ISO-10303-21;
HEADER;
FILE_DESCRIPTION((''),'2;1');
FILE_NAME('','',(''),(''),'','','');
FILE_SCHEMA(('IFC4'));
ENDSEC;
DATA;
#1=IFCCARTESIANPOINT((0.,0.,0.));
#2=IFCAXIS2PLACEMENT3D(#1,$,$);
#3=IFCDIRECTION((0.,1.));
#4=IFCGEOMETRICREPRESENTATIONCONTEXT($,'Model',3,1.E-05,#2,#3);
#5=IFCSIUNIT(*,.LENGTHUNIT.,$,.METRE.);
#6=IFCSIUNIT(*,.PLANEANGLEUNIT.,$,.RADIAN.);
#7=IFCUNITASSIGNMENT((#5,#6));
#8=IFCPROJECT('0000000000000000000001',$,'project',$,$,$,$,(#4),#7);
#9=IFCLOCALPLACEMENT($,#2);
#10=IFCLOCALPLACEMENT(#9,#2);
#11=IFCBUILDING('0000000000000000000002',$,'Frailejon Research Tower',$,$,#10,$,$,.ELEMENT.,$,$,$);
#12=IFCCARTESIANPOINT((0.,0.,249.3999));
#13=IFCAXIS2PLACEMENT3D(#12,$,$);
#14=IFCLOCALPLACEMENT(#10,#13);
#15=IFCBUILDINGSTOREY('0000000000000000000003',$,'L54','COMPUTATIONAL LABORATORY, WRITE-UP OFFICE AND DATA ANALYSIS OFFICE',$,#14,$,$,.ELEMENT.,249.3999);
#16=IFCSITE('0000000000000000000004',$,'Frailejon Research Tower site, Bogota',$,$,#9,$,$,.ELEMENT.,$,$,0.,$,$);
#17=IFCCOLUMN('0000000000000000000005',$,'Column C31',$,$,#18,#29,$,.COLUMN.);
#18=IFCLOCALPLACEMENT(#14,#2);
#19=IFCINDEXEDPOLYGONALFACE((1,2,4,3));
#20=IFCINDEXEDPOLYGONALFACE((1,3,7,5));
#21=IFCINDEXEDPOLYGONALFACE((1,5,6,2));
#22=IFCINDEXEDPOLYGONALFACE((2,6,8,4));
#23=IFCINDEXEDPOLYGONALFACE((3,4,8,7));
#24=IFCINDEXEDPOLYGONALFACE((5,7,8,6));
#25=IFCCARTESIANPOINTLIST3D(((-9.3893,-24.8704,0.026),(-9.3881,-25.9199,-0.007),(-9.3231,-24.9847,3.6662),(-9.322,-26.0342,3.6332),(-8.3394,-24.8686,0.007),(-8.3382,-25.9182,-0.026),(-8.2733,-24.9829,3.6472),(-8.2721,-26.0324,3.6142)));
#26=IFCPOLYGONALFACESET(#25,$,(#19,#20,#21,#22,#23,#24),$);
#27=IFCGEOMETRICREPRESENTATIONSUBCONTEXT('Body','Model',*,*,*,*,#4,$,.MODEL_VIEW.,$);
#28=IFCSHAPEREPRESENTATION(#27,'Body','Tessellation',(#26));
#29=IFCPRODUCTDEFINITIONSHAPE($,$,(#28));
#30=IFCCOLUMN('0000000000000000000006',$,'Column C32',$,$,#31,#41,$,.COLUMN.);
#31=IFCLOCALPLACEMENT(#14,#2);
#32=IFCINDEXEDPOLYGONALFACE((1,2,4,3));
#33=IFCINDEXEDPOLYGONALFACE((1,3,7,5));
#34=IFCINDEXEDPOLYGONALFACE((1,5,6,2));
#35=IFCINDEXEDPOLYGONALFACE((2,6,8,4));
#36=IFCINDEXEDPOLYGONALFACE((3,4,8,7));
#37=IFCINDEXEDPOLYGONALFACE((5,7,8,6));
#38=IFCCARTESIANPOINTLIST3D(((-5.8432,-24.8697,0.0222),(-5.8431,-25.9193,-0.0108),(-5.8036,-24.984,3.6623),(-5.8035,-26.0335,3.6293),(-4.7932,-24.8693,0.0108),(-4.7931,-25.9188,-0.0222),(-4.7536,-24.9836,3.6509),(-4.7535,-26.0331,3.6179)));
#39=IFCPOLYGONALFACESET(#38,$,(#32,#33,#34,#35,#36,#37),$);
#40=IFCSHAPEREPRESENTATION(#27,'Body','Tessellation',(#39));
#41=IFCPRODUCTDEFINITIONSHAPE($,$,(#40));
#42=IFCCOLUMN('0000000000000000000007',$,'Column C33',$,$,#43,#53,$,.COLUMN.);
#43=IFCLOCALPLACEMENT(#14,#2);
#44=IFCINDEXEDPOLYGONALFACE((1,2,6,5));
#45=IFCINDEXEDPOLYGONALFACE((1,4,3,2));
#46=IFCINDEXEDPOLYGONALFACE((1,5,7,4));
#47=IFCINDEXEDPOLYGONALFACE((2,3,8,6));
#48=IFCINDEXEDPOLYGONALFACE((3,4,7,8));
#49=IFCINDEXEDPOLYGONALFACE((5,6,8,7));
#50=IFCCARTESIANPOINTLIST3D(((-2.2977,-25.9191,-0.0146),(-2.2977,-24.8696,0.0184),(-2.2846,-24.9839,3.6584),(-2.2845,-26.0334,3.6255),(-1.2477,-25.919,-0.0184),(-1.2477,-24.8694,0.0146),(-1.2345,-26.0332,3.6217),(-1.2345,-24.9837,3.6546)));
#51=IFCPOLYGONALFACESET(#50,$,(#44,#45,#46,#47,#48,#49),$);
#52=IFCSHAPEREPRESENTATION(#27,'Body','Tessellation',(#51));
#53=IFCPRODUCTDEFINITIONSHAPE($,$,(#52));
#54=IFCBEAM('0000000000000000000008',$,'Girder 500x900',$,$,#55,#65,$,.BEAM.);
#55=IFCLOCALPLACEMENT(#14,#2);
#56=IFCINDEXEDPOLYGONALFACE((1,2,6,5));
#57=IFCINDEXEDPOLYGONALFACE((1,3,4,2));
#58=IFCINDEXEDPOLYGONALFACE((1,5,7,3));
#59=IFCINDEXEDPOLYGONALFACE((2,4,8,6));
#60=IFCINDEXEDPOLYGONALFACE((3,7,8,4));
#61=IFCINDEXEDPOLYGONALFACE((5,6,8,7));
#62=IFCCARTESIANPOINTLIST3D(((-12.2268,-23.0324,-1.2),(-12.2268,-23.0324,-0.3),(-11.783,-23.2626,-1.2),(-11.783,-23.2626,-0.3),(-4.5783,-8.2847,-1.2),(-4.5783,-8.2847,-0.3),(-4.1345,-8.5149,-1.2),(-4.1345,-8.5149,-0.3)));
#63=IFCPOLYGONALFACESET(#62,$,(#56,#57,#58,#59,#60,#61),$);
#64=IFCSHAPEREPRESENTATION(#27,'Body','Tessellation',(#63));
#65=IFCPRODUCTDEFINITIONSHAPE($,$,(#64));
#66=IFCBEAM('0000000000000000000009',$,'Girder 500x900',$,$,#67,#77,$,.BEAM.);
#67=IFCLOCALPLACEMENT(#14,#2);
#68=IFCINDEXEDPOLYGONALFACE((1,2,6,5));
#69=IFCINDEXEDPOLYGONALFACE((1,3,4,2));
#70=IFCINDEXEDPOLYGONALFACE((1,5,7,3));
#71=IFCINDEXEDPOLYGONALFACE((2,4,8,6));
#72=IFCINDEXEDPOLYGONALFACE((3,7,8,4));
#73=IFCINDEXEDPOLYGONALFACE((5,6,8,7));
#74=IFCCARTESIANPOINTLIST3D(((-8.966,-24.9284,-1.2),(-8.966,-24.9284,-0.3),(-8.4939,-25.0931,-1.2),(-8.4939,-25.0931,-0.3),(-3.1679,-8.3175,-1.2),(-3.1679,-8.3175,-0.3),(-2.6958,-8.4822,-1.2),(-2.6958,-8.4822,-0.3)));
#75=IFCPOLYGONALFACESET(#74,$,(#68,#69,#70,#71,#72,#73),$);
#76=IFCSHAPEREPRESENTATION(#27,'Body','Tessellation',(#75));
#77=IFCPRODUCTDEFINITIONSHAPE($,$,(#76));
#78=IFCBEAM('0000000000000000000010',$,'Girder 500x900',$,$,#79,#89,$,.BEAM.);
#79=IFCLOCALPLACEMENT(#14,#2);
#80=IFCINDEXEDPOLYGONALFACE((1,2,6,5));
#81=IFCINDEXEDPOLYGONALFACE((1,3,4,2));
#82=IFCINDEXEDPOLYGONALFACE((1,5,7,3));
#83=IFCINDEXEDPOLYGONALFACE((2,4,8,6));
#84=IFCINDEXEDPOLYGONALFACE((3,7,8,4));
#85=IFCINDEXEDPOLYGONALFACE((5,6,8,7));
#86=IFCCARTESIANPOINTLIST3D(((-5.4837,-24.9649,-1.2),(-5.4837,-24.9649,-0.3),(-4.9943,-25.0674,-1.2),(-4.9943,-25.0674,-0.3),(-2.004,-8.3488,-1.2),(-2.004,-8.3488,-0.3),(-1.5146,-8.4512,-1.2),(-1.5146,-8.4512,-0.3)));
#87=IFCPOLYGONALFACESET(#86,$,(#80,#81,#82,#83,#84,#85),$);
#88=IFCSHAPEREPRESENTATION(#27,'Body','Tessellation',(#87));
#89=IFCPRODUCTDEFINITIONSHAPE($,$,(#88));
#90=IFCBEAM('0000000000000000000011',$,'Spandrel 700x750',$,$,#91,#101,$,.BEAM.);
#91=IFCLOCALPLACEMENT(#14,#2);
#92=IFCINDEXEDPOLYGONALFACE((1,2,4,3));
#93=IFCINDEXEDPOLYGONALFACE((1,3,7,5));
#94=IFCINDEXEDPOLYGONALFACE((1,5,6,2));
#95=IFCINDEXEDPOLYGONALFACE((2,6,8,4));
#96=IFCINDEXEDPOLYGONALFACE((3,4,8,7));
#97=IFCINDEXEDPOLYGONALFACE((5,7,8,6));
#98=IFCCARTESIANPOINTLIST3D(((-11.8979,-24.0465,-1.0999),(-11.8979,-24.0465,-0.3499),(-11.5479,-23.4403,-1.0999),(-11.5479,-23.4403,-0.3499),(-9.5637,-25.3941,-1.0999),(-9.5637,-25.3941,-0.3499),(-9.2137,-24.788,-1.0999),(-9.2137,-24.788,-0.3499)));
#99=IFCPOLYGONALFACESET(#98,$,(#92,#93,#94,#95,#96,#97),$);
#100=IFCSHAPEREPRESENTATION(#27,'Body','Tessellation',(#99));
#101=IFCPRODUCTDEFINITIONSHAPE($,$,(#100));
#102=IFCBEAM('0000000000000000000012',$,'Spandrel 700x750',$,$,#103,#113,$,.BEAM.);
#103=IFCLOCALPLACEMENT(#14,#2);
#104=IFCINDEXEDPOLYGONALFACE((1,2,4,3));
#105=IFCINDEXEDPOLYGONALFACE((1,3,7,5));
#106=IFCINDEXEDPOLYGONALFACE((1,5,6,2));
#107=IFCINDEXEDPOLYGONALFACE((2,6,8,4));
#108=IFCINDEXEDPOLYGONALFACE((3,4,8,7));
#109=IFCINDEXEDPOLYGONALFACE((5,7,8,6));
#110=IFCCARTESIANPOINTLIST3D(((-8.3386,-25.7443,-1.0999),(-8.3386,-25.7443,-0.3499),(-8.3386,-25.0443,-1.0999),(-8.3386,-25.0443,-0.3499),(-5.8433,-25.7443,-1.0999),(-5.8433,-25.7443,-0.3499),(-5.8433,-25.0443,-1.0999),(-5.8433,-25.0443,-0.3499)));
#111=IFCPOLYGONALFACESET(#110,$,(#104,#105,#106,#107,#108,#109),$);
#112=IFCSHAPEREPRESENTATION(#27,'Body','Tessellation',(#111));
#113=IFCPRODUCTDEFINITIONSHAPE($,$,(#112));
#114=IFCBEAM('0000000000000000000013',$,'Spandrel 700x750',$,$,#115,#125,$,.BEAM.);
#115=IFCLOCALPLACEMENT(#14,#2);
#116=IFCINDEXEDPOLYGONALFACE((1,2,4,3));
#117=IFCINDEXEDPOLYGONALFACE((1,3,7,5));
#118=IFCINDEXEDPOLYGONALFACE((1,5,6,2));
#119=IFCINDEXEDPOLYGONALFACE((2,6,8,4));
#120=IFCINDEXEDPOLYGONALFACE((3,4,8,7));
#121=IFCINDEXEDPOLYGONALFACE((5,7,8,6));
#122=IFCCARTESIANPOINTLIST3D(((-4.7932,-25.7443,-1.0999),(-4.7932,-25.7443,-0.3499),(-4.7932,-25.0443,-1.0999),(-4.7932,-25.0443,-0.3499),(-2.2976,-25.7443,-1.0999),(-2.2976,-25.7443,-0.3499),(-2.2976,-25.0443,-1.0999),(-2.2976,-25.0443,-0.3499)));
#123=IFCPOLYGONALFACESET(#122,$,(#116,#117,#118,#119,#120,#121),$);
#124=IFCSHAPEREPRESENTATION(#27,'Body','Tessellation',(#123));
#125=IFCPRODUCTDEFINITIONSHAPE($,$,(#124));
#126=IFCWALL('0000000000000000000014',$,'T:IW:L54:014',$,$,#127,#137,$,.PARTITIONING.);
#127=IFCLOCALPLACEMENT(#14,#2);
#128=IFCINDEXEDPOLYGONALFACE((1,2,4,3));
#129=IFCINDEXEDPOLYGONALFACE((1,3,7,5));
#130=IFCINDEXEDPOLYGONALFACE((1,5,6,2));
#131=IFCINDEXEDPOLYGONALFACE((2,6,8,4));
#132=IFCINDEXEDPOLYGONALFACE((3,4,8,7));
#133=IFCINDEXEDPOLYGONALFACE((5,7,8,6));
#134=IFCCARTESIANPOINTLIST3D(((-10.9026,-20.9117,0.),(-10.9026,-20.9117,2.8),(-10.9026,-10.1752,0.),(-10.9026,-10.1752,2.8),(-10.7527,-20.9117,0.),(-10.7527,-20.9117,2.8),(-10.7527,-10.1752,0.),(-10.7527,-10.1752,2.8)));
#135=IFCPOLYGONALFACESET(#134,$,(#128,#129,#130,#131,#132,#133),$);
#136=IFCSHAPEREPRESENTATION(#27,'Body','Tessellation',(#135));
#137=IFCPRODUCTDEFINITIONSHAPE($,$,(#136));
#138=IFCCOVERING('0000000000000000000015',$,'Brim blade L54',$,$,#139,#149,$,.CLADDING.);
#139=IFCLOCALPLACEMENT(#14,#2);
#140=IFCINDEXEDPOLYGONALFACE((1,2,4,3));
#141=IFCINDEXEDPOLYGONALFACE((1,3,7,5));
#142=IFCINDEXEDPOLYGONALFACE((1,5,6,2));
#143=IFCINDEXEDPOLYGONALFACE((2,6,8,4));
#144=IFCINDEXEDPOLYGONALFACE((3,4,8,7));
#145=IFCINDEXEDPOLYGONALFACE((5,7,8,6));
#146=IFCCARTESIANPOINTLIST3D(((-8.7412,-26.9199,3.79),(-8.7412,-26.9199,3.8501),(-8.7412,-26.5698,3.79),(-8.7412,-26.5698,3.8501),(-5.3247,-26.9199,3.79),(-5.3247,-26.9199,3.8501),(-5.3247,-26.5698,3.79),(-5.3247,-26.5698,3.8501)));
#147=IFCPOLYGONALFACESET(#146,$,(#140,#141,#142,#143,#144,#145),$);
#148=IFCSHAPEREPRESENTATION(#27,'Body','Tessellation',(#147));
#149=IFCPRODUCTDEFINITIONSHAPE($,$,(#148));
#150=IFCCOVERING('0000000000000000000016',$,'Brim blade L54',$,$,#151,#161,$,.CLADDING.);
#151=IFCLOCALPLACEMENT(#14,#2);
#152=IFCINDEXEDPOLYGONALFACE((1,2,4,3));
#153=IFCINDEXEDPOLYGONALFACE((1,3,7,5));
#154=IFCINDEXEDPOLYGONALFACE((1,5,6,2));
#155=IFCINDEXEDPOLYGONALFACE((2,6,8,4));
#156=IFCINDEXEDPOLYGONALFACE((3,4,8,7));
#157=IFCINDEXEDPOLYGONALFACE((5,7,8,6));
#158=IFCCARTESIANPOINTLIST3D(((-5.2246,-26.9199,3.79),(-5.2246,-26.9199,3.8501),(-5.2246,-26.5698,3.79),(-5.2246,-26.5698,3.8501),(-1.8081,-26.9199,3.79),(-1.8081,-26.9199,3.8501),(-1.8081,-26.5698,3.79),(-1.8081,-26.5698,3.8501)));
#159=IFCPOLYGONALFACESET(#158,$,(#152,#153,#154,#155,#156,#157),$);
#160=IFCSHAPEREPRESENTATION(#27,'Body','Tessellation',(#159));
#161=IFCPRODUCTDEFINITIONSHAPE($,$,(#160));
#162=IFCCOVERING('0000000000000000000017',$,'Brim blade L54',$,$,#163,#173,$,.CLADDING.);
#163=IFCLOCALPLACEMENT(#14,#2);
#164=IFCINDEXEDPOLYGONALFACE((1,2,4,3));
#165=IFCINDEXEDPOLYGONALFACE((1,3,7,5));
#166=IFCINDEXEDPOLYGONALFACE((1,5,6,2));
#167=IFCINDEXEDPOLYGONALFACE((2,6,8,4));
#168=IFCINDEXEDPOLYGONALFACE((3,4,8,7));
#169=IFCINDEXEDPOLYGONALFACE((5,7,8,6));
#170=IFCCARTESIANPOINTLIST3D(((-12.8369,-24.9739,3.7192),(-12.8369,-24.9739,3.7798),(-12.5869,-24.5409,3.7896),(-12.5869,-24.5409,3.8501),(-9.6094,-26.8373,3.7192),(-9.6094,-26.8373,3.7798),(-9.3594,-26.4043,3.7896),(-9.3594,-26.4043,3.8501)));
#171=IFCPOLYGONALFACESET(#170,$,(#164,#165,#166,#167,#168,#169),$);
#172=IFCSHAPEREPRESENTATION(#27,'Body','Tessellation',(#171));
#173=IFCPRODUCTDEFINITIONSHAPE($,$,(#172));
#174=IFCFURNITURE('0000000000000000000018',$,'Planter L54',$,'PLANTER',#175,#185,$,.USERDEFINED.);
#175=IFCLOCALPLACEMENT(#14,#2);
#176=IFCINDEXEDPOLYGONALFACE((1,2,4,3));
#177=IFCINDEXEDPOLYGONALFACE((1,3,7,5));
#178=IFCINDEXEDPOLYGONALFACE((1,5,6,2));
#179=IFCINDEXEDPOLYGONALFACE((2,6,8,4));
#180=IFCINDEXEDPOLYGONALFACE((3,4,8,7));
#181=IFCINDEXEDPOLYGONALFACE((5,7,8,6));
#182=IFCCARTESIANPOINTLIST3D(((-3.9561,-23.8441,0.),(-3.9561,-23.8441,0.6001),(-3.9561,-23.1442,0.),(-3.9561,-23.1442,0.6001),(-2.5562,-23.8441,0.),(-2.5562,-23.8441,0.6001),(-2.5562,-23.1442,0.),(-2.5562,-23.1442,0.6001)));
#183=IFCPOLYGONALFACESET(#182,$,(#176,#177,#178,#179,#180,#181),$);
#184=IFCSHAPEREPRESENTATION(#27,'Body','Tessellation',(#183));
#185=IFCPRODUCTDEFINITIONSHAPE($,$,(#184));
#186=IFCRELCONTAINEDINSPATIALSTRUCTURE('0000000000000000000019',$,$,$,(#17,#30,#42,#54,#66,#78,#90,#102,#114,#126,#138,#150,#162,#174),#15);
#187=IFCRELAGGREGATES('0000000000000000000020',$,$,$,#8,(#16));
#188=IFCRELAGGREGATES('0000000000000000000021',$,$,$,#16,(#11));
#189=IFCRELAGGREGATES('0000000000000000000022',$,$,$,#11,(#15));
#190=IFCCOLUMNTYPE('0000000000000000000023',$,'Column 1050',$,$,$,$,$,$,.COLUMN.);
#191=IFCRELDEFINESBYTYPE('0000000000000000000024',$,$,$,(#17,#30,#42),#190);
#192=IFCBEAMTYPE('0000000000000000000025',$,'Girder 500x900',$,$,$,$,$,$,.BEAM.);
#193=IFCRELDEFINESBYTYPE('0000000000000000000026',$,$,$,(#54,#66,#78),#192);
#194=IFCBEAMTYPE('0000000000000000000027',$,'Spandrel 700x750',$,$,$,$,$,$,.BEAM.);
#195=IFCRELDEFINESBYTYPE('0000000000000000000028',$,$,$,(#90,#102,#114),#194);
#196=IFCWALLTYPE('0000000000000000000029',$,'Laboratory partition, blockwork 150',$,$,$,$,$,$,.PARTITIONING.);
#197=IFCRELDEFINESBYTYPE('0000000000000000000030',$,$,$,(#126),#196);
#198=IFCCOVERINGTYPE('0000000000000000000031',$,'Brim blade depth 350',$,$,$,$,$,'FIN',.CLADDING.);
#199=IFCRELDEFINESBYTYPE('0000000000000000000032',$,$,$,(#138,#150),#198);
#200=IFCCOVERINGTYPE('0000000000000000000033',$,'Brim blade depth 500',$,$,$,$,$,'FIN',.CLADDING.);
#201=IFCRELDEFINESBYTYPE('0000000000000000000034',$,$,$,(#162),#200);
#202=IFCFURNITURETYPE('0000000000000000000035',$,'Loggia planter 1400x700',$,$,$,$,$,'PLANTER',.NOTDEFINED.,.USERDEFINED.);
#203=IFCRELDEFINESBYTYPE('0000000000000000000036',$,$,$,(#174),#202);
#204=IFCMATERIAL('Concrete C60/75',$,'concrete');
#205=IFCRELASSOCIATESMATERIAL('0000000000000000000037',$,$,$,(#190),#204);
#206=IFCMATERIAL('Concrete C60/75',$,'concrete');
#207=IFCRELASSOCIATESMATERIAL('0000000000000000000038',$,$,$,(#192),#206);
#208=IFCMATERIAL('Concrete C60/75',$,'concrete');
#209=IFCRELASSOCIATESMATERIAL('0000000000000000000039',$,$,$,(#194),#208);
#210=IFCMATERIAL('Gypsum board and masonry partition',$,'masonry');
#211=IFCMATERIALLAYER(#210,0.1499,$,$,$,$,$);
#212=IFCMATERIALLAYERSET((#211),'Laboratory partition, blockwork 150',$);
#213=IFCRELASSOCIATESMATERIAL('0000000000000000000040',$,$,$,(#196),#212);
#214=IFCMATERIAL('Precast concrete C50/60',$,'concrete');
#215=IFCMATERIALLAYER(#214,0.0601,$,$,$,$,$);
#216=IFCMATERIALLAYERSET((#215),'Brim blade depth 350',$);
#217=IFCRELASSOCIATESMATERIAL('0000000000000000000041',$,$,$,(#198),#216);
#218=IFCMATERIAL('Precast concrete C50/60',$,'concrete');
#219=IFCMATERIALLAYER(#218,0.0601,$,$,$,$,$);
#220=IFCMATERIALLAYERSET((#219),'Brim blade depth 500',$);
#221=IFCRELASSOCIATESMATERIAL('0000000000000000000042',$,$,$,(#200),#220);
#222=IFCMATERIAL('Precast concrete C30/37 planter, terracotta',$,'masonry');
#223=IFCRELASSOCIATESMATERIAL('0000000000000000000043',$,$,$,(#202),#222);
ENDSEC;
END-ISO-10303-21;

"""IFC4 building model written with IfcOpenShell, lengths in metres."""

from ifc_helpers import new_model, si_unit, direction, frame, frame_2d, origin, origin_2d, place, context, subcontext, project, spatial, polyline, rectangle, outline, extrude, material, layer, layer_set, material_profile, profile_set, type_object, element, save


model = new_model("IFC4")

# Units and contexts
model_context = context("Model", 3, precision=1e-05, world=origin(), true_north=direction((0.0, 1.0)))
body_context = subcontext(model_context, "Body", "Model", "MODEL_VIEW")
ifc_project = project(units=[si_unit("LENGTHUNIT", "METRE"), si_unit("PLANEANGLEUNIT", "RADIAN")], contexts=[model_context])

# Site, building, storey
site_placement = place(None, origin())
site = spatial("IfcSite", under=ifc_project, at=site_placement, Name="Frailejon Research Tower site, Bogota", CompositionType="ELEMENT", RefElevation=0.0)
building_placement = place(site_placement, origin())
building = spatial("IfcBuilding", under=site, at=building_placement, Name="Frailejon Research Tower", CompositionType="ELEMENT")
storey_placement = place(building_placement, frame((0.0, 0.0, 249.3999)))
storey = spatial("IfcBuildingStorey", under=building, at=storey_placement, Name="L54", Description="COMPUTATIONAL LABORATORY, WRITE-UP OFFICE AND DATA ANALYSIS OFFICE", CompositionType="ELEMENT", Elevation=249.3999)

# Columns
ifc_material_1 = material(Name="Concrete C60/75", Category="concrete")
ifc_material_profile_1 = material_profile(ifc_material_1, rectangle(XDim=1.05, YDim=1.05, at=origin_2d()), Name="Column 1050")
ifc_profile_set_1 = profile_set([ifc_material_profile_1], Name="Concrete C60/75")
column_type = type_object("IfcColumnType", Name="Column 1050", PredefinedType="COLUMN", material=ifc_profile_set_1)
column_1_placement = place(storey_placement, frame((-8.8638, -25.3943, 0.0), z_axis=(0.018164, -0.031368, 0.999343), x_axis=(0.999834, 0.001689, -0.01812)))
element("IfcColumn", 1, at=column_1_placement, inside=storey, type_object=column_type, Name="Column C31", PredefinedType="COLUMN", context=body_context, shape_type="SweptSolid", body=[
    extrude(rectangle(XDim=1.05, YDim=1.05, at=origin_2d()), origin(), (0.0, 0.0, 1.0), 3.6426),
])
column_2_placement = place(storey_placement, frame((-5.3181, -25.3943, 0.0), z_axis=(0.010859, -0.031371, 0.999449), x_axis=(0.999941, 0.000423, -0.010851)))
element("IfcColumn", 2, at=column_2_placement, inside=storey, type_object=column_type, Name="Column C32", PredefinedType="COLUMN", context=body_context, shape_type="SweptSolid", body=[
    extrude(rectangle(XDim=1.05, YDim=1.05, at=origin_2d()), origin(), (0.0, 0.0, 1.0), 3.6421),
])
column_3_placement = place(storey_placement, frame((-1.7727, -25.3943, 0.0), z_axis=(0.00362, -0.031373, 0.999501), x_axis=(0.999993, 0.000143, -0.003617)))
element("IfcColumn", 3, at=column_3_placement, inside=storey, type_object=column_type, Name="Column C33", PredefinedType="COLUMN", context=body_context, shape_type="SweptSolid", body=[
    extrude(rectangle(XDim=1.05, YDim=1.05, at=origin_2d()), origin(), (0.0, 0.0, 1.0), 3.6418),
])

# Beams
ifc_material_2 = material(Name="Concrete C60/75", Category="concrete")
ifc_material_profile_2 = material_profile(ifc_material_2, rectangle(XDim=0.5, YDim=0.8999, at=origin_2d()), Name="Girder 500x900")
ifc_profile_set_2 = profile_set([ifc_material_profile_2], Name="Concrete C60/75")
beam_type_1 = type_object("IfcBeamType", Name="Girder 500x900", PredefinedType="BEAM", material=ifc_profile_set_2)
beam_1_placement = place(storey_placement, frame((-12.0049, -23.1475, -0.75), z_axis=(0.460391, 0.887716, 0.0), x_axis=(-0.887716, 0.460391, 0.0)))
element("IfcBeam", 4, at=beam_1_placement, inside=storey, type_object=beam_type_1, Name="Girder 500x900", PredefinedType="BEAM", context=body_context, shape_type="SweptSolid", body=[
    extrude(rectangle(XDim=0.5, YDim=0.8999, at=origin_2d()), origin(), (0.0, 0.0, 1.0), 16.613),
])
beam_2_placement = place(storey_placement, frame((-8.73, -25.0107, -0.75), z_axis=(0.329555, 0.944136, 0.0), x_axis=(-0.944136, 0.329555, 0.0)))
element("IfcBeam", 5, at=beam_2_placement, inside=storey, type_object=beam_type_1, Name="Girder 500x900", PredefinedType="BEAM", context=body_context, shape_type="SweptSolid", body=[
    extrude(rectangle(XDim=0.5, YDim=0.8999, at=origin_2d()), origin(), (0.0, 0.0, 1.0), 17.5938),
])
beam_3_placement = place(storey_placement, frame((-5.239, -25.0161, -0.75), z_axis=(0.204972, 0.978768, 0.0), x_axis=(-0.978768, 0.204972, 0.0)))
element("IfcBeam", 6, at=beam_3_placement, inside=storey, type_object=beam_type_1, Name="Girder 500x900", PredefinedType="BEAM", context=body_context, shape_type="SweptSolid", body=[
    extrude(rectangle(XDim=0.5, YDim=0.8999, at=origin_2d()), origin(), (0.0, 0.0, 1.0), 16.9766),
])
ifc_material_3 = material(Name="Concrete C60/75", Category="concrete")
ifc_material_profile_3 = material_profile(ifc_material_3, rectangle(XDim=0.7, YDim=0.75, at=origin_2d()), Name="Spandrel 700x750")
ifc_profile_set_3 = profile_set([ifc_material_profile_3], Name="Concrete C60/75")
beam_type_2 = type_object("IfcBeamType", Name="Spandrel 700x750", PredefinedType="BEAM", material=ifc_profile_set_3)
beam_4_placement = place(storey_placement, frame((-11.7229, -23.7434, -0.7249), z_axis=(0.866027, -0.499997, 0.0), x_axis=(0.499997, 0.866027, 0.0)))
element("IfcBeam", 7, at=beam_4_placement, inside=storey, type_object=beam_type_2, Name="Spandrel 700x750", PredefinedType="BEAM", context=body_context, shape_type="SweptSolid", body=[
    extrude(rectangle(XDim=0.7, YDim=0.75, at=origin_2d()), origin(), (0.0, 0.0, 1.0), 2.6953),
])
beam_5_placement = place(storey_placement, frame((-8.3386, -25.3943, -0.7249), z_axis=(1.0, 0.0, 0.0), x_axis=(0.0, 1.0, 0.0)))
element("IfcBeam", 8, at=beam_5_placement, inside=storey, type_object=beam_type_2, Name="Spandrel 700x750", PredefinedType="BEAM", context=body_context, shape_type="SweptSolid", body=[
    extrude(rectangle(XDim=0.7, YDim=0.75, at=origin_2d()), origin(), (0.0, 0.0, 1.0), 2.4954),
])
beam_6_placement = place(storey_placement, frame((-4.7932, -25.3943, -0.7249), z_axis=(1.0, 0.0, 0.0), x_axis=(0.0, 1.0, 0.0)))
element("IfcBeam", 9, at=beam_6_placement, inside=storey, type_object=beam_type_2, Name="Spandrel 700x750", PredefinedType="BEAM", context=body_context, shape_type="SweptSolid", body=[
    extrude(rectangle(XDim=0.7, YDim=0.75, at=origin_2d()), origin(), (0.0, 0.0, 1.0), 2.4956),
])

# Wall
ifc_material_4 = material(Name="Gypsum board and masonry partition", Category="masonry")
ifc_layer_1 = layer(ifc_material_4, 0.1499)
ifc_layer_set_1 = layer_set([ifc_layer_1], Name="Laboratory partition, blockwork 150")
wall_type_1 = type_object("IfcWallType", Name="Laboratory partition, blockwork 150", PredefinedType="PARTITIONING", material=ifc_layer_set_1)
wall_1_placement = place(storey_placement, frame((-10.8276, -20.9116, 0.0), z_axis=(0.0, 0.0, 1.0), x_axis=(0.0, 1.0, 0.0)))
element("IfcWall", 10, at=wall_1_placement, inside=storey, type_object=wall_type_1, Name="T:IW:L54:014", PredefinedType="PARTITIONING", context=body_context, shape_type="SweptSolid", body=[
    extrude(rectangle(XDim=10.7366, YDim=0.1499, at=frame_2d((5.3682, 0.0))), origin(), (0.0, 0.0, 1.0), 2.8),
])

# Coverings
ifc_material_5 = material(Name="Precast concrete C50/60", Category="concrete")
ifc_layer_2 = layer(ifc_material_5, 0.0601)
ifc_layer_set_2 = layer_set([ifc_layer_2], Name="Brim blade depth 350")
covering_type_1 = type_object("IfcCoveringType", Name="Brim blade depth 350", ElementType="FIN", PredefinedType="CLADDING", material=ifc_layer_set_2)
for number, where, z_axis, x_axis, name in (
    (11, (-5.3247, -26.5698, 3.8501), (-1.0, 0.0, 0.0), (0.0, -1.0, 0.0), "Brim blade L54"),
    (12, (-1.8081, -26.5698, 3.8501), (-1.0, 0.0, 0.0), (0.0, -1.0, 0.0), "Brim blade L54"),
):
    element("IfcCovering", number, at=place(storey_placement, frame(where, z_axis=z_axis, x_axis=x_axis)), inside=storey, type_object=covering_type_1, Name=name, PredefinedType="CLADDING", context=body_context, shape_type="SweptSolid", body=[
        extrude(outline(polyline([(0.0, -0.0601), (0.3501, -0.0601), (0.3501, 0.0), (0.0, 0.0), (0.0, -0.0601)])), origin(), (0.0, 0.0, 1.0), 3.4165),
    ])
ifc_material_6 = material(Name="Precast concrete C50/60", Category="concrete")
ifc_layer_3 = layer(ifc_material_6, 0.0601)
ifc_layer_set_3 = layer_set([ifc_layer_3], Name="Brim blade depth 500")
covering_type_2 = type_object("IfcCoveringType", Name="Brim blade depth 500", ElementType="FIN", PredefinedType="CLADDING", material=ifc_layer_set_3)
covering_placement = place(storey_placement, frame((-9.3594, -26.4043, 3.8501), z_axis=(-0.866025, 0.500001, 0.0), x_axis=(-0.500001, -0.866025, 0.0)))
element("IfcCovering", 13, at=covering_placement, inside=storey, type_object=covering_type_2, Name="Brim blade L54", PredefinedType="CLADDING", context=body_context, shape_type="SweptSolid", body=[
    extrude(outline(polyline([(0.0, -0.0605), (0.5, -0.1309), (0.5, -0.0703), (0.0, 0.0), (0.0, -0.0605)])), origin(), (0.0, 0.0, 1.0), 3.7268),
])

# Furniture
ifc_material_7 = material(Name="Precast concrete C30/37 planter, terracotta", Category="masonry")
furniture_type = type_object("IfcFurnitureType", Name="Loggia planter 1400x700", ElementType="PLANTER", AssemblyPlace="NOTDEFINED", PredefinedType="USERDEFINED", material=ifc_material_7)
furniture_placement = place(storey_placement, frame((-3.2561, -23.4941, 0.0), z_axis=(0.0, 0.0, 1.0), x_axis=(1.0, 0.0, 0.0)))
element("IfcFurniture", 14, at=furniture_placement, inside=storey, type_object=furniture_type, Name="Planter L54", ObjectType="PLANTER", PredefinedType="USERDEFINED", context=body_context, shape_type="SweptSolid", body=[
    extrude(rectangle(XDim=1.3999, YDim=0.7, at=origin_2d()), origin(), (0.0, 0.0, 1.0), 0.6001),
])

save(model, "model.ifc")
